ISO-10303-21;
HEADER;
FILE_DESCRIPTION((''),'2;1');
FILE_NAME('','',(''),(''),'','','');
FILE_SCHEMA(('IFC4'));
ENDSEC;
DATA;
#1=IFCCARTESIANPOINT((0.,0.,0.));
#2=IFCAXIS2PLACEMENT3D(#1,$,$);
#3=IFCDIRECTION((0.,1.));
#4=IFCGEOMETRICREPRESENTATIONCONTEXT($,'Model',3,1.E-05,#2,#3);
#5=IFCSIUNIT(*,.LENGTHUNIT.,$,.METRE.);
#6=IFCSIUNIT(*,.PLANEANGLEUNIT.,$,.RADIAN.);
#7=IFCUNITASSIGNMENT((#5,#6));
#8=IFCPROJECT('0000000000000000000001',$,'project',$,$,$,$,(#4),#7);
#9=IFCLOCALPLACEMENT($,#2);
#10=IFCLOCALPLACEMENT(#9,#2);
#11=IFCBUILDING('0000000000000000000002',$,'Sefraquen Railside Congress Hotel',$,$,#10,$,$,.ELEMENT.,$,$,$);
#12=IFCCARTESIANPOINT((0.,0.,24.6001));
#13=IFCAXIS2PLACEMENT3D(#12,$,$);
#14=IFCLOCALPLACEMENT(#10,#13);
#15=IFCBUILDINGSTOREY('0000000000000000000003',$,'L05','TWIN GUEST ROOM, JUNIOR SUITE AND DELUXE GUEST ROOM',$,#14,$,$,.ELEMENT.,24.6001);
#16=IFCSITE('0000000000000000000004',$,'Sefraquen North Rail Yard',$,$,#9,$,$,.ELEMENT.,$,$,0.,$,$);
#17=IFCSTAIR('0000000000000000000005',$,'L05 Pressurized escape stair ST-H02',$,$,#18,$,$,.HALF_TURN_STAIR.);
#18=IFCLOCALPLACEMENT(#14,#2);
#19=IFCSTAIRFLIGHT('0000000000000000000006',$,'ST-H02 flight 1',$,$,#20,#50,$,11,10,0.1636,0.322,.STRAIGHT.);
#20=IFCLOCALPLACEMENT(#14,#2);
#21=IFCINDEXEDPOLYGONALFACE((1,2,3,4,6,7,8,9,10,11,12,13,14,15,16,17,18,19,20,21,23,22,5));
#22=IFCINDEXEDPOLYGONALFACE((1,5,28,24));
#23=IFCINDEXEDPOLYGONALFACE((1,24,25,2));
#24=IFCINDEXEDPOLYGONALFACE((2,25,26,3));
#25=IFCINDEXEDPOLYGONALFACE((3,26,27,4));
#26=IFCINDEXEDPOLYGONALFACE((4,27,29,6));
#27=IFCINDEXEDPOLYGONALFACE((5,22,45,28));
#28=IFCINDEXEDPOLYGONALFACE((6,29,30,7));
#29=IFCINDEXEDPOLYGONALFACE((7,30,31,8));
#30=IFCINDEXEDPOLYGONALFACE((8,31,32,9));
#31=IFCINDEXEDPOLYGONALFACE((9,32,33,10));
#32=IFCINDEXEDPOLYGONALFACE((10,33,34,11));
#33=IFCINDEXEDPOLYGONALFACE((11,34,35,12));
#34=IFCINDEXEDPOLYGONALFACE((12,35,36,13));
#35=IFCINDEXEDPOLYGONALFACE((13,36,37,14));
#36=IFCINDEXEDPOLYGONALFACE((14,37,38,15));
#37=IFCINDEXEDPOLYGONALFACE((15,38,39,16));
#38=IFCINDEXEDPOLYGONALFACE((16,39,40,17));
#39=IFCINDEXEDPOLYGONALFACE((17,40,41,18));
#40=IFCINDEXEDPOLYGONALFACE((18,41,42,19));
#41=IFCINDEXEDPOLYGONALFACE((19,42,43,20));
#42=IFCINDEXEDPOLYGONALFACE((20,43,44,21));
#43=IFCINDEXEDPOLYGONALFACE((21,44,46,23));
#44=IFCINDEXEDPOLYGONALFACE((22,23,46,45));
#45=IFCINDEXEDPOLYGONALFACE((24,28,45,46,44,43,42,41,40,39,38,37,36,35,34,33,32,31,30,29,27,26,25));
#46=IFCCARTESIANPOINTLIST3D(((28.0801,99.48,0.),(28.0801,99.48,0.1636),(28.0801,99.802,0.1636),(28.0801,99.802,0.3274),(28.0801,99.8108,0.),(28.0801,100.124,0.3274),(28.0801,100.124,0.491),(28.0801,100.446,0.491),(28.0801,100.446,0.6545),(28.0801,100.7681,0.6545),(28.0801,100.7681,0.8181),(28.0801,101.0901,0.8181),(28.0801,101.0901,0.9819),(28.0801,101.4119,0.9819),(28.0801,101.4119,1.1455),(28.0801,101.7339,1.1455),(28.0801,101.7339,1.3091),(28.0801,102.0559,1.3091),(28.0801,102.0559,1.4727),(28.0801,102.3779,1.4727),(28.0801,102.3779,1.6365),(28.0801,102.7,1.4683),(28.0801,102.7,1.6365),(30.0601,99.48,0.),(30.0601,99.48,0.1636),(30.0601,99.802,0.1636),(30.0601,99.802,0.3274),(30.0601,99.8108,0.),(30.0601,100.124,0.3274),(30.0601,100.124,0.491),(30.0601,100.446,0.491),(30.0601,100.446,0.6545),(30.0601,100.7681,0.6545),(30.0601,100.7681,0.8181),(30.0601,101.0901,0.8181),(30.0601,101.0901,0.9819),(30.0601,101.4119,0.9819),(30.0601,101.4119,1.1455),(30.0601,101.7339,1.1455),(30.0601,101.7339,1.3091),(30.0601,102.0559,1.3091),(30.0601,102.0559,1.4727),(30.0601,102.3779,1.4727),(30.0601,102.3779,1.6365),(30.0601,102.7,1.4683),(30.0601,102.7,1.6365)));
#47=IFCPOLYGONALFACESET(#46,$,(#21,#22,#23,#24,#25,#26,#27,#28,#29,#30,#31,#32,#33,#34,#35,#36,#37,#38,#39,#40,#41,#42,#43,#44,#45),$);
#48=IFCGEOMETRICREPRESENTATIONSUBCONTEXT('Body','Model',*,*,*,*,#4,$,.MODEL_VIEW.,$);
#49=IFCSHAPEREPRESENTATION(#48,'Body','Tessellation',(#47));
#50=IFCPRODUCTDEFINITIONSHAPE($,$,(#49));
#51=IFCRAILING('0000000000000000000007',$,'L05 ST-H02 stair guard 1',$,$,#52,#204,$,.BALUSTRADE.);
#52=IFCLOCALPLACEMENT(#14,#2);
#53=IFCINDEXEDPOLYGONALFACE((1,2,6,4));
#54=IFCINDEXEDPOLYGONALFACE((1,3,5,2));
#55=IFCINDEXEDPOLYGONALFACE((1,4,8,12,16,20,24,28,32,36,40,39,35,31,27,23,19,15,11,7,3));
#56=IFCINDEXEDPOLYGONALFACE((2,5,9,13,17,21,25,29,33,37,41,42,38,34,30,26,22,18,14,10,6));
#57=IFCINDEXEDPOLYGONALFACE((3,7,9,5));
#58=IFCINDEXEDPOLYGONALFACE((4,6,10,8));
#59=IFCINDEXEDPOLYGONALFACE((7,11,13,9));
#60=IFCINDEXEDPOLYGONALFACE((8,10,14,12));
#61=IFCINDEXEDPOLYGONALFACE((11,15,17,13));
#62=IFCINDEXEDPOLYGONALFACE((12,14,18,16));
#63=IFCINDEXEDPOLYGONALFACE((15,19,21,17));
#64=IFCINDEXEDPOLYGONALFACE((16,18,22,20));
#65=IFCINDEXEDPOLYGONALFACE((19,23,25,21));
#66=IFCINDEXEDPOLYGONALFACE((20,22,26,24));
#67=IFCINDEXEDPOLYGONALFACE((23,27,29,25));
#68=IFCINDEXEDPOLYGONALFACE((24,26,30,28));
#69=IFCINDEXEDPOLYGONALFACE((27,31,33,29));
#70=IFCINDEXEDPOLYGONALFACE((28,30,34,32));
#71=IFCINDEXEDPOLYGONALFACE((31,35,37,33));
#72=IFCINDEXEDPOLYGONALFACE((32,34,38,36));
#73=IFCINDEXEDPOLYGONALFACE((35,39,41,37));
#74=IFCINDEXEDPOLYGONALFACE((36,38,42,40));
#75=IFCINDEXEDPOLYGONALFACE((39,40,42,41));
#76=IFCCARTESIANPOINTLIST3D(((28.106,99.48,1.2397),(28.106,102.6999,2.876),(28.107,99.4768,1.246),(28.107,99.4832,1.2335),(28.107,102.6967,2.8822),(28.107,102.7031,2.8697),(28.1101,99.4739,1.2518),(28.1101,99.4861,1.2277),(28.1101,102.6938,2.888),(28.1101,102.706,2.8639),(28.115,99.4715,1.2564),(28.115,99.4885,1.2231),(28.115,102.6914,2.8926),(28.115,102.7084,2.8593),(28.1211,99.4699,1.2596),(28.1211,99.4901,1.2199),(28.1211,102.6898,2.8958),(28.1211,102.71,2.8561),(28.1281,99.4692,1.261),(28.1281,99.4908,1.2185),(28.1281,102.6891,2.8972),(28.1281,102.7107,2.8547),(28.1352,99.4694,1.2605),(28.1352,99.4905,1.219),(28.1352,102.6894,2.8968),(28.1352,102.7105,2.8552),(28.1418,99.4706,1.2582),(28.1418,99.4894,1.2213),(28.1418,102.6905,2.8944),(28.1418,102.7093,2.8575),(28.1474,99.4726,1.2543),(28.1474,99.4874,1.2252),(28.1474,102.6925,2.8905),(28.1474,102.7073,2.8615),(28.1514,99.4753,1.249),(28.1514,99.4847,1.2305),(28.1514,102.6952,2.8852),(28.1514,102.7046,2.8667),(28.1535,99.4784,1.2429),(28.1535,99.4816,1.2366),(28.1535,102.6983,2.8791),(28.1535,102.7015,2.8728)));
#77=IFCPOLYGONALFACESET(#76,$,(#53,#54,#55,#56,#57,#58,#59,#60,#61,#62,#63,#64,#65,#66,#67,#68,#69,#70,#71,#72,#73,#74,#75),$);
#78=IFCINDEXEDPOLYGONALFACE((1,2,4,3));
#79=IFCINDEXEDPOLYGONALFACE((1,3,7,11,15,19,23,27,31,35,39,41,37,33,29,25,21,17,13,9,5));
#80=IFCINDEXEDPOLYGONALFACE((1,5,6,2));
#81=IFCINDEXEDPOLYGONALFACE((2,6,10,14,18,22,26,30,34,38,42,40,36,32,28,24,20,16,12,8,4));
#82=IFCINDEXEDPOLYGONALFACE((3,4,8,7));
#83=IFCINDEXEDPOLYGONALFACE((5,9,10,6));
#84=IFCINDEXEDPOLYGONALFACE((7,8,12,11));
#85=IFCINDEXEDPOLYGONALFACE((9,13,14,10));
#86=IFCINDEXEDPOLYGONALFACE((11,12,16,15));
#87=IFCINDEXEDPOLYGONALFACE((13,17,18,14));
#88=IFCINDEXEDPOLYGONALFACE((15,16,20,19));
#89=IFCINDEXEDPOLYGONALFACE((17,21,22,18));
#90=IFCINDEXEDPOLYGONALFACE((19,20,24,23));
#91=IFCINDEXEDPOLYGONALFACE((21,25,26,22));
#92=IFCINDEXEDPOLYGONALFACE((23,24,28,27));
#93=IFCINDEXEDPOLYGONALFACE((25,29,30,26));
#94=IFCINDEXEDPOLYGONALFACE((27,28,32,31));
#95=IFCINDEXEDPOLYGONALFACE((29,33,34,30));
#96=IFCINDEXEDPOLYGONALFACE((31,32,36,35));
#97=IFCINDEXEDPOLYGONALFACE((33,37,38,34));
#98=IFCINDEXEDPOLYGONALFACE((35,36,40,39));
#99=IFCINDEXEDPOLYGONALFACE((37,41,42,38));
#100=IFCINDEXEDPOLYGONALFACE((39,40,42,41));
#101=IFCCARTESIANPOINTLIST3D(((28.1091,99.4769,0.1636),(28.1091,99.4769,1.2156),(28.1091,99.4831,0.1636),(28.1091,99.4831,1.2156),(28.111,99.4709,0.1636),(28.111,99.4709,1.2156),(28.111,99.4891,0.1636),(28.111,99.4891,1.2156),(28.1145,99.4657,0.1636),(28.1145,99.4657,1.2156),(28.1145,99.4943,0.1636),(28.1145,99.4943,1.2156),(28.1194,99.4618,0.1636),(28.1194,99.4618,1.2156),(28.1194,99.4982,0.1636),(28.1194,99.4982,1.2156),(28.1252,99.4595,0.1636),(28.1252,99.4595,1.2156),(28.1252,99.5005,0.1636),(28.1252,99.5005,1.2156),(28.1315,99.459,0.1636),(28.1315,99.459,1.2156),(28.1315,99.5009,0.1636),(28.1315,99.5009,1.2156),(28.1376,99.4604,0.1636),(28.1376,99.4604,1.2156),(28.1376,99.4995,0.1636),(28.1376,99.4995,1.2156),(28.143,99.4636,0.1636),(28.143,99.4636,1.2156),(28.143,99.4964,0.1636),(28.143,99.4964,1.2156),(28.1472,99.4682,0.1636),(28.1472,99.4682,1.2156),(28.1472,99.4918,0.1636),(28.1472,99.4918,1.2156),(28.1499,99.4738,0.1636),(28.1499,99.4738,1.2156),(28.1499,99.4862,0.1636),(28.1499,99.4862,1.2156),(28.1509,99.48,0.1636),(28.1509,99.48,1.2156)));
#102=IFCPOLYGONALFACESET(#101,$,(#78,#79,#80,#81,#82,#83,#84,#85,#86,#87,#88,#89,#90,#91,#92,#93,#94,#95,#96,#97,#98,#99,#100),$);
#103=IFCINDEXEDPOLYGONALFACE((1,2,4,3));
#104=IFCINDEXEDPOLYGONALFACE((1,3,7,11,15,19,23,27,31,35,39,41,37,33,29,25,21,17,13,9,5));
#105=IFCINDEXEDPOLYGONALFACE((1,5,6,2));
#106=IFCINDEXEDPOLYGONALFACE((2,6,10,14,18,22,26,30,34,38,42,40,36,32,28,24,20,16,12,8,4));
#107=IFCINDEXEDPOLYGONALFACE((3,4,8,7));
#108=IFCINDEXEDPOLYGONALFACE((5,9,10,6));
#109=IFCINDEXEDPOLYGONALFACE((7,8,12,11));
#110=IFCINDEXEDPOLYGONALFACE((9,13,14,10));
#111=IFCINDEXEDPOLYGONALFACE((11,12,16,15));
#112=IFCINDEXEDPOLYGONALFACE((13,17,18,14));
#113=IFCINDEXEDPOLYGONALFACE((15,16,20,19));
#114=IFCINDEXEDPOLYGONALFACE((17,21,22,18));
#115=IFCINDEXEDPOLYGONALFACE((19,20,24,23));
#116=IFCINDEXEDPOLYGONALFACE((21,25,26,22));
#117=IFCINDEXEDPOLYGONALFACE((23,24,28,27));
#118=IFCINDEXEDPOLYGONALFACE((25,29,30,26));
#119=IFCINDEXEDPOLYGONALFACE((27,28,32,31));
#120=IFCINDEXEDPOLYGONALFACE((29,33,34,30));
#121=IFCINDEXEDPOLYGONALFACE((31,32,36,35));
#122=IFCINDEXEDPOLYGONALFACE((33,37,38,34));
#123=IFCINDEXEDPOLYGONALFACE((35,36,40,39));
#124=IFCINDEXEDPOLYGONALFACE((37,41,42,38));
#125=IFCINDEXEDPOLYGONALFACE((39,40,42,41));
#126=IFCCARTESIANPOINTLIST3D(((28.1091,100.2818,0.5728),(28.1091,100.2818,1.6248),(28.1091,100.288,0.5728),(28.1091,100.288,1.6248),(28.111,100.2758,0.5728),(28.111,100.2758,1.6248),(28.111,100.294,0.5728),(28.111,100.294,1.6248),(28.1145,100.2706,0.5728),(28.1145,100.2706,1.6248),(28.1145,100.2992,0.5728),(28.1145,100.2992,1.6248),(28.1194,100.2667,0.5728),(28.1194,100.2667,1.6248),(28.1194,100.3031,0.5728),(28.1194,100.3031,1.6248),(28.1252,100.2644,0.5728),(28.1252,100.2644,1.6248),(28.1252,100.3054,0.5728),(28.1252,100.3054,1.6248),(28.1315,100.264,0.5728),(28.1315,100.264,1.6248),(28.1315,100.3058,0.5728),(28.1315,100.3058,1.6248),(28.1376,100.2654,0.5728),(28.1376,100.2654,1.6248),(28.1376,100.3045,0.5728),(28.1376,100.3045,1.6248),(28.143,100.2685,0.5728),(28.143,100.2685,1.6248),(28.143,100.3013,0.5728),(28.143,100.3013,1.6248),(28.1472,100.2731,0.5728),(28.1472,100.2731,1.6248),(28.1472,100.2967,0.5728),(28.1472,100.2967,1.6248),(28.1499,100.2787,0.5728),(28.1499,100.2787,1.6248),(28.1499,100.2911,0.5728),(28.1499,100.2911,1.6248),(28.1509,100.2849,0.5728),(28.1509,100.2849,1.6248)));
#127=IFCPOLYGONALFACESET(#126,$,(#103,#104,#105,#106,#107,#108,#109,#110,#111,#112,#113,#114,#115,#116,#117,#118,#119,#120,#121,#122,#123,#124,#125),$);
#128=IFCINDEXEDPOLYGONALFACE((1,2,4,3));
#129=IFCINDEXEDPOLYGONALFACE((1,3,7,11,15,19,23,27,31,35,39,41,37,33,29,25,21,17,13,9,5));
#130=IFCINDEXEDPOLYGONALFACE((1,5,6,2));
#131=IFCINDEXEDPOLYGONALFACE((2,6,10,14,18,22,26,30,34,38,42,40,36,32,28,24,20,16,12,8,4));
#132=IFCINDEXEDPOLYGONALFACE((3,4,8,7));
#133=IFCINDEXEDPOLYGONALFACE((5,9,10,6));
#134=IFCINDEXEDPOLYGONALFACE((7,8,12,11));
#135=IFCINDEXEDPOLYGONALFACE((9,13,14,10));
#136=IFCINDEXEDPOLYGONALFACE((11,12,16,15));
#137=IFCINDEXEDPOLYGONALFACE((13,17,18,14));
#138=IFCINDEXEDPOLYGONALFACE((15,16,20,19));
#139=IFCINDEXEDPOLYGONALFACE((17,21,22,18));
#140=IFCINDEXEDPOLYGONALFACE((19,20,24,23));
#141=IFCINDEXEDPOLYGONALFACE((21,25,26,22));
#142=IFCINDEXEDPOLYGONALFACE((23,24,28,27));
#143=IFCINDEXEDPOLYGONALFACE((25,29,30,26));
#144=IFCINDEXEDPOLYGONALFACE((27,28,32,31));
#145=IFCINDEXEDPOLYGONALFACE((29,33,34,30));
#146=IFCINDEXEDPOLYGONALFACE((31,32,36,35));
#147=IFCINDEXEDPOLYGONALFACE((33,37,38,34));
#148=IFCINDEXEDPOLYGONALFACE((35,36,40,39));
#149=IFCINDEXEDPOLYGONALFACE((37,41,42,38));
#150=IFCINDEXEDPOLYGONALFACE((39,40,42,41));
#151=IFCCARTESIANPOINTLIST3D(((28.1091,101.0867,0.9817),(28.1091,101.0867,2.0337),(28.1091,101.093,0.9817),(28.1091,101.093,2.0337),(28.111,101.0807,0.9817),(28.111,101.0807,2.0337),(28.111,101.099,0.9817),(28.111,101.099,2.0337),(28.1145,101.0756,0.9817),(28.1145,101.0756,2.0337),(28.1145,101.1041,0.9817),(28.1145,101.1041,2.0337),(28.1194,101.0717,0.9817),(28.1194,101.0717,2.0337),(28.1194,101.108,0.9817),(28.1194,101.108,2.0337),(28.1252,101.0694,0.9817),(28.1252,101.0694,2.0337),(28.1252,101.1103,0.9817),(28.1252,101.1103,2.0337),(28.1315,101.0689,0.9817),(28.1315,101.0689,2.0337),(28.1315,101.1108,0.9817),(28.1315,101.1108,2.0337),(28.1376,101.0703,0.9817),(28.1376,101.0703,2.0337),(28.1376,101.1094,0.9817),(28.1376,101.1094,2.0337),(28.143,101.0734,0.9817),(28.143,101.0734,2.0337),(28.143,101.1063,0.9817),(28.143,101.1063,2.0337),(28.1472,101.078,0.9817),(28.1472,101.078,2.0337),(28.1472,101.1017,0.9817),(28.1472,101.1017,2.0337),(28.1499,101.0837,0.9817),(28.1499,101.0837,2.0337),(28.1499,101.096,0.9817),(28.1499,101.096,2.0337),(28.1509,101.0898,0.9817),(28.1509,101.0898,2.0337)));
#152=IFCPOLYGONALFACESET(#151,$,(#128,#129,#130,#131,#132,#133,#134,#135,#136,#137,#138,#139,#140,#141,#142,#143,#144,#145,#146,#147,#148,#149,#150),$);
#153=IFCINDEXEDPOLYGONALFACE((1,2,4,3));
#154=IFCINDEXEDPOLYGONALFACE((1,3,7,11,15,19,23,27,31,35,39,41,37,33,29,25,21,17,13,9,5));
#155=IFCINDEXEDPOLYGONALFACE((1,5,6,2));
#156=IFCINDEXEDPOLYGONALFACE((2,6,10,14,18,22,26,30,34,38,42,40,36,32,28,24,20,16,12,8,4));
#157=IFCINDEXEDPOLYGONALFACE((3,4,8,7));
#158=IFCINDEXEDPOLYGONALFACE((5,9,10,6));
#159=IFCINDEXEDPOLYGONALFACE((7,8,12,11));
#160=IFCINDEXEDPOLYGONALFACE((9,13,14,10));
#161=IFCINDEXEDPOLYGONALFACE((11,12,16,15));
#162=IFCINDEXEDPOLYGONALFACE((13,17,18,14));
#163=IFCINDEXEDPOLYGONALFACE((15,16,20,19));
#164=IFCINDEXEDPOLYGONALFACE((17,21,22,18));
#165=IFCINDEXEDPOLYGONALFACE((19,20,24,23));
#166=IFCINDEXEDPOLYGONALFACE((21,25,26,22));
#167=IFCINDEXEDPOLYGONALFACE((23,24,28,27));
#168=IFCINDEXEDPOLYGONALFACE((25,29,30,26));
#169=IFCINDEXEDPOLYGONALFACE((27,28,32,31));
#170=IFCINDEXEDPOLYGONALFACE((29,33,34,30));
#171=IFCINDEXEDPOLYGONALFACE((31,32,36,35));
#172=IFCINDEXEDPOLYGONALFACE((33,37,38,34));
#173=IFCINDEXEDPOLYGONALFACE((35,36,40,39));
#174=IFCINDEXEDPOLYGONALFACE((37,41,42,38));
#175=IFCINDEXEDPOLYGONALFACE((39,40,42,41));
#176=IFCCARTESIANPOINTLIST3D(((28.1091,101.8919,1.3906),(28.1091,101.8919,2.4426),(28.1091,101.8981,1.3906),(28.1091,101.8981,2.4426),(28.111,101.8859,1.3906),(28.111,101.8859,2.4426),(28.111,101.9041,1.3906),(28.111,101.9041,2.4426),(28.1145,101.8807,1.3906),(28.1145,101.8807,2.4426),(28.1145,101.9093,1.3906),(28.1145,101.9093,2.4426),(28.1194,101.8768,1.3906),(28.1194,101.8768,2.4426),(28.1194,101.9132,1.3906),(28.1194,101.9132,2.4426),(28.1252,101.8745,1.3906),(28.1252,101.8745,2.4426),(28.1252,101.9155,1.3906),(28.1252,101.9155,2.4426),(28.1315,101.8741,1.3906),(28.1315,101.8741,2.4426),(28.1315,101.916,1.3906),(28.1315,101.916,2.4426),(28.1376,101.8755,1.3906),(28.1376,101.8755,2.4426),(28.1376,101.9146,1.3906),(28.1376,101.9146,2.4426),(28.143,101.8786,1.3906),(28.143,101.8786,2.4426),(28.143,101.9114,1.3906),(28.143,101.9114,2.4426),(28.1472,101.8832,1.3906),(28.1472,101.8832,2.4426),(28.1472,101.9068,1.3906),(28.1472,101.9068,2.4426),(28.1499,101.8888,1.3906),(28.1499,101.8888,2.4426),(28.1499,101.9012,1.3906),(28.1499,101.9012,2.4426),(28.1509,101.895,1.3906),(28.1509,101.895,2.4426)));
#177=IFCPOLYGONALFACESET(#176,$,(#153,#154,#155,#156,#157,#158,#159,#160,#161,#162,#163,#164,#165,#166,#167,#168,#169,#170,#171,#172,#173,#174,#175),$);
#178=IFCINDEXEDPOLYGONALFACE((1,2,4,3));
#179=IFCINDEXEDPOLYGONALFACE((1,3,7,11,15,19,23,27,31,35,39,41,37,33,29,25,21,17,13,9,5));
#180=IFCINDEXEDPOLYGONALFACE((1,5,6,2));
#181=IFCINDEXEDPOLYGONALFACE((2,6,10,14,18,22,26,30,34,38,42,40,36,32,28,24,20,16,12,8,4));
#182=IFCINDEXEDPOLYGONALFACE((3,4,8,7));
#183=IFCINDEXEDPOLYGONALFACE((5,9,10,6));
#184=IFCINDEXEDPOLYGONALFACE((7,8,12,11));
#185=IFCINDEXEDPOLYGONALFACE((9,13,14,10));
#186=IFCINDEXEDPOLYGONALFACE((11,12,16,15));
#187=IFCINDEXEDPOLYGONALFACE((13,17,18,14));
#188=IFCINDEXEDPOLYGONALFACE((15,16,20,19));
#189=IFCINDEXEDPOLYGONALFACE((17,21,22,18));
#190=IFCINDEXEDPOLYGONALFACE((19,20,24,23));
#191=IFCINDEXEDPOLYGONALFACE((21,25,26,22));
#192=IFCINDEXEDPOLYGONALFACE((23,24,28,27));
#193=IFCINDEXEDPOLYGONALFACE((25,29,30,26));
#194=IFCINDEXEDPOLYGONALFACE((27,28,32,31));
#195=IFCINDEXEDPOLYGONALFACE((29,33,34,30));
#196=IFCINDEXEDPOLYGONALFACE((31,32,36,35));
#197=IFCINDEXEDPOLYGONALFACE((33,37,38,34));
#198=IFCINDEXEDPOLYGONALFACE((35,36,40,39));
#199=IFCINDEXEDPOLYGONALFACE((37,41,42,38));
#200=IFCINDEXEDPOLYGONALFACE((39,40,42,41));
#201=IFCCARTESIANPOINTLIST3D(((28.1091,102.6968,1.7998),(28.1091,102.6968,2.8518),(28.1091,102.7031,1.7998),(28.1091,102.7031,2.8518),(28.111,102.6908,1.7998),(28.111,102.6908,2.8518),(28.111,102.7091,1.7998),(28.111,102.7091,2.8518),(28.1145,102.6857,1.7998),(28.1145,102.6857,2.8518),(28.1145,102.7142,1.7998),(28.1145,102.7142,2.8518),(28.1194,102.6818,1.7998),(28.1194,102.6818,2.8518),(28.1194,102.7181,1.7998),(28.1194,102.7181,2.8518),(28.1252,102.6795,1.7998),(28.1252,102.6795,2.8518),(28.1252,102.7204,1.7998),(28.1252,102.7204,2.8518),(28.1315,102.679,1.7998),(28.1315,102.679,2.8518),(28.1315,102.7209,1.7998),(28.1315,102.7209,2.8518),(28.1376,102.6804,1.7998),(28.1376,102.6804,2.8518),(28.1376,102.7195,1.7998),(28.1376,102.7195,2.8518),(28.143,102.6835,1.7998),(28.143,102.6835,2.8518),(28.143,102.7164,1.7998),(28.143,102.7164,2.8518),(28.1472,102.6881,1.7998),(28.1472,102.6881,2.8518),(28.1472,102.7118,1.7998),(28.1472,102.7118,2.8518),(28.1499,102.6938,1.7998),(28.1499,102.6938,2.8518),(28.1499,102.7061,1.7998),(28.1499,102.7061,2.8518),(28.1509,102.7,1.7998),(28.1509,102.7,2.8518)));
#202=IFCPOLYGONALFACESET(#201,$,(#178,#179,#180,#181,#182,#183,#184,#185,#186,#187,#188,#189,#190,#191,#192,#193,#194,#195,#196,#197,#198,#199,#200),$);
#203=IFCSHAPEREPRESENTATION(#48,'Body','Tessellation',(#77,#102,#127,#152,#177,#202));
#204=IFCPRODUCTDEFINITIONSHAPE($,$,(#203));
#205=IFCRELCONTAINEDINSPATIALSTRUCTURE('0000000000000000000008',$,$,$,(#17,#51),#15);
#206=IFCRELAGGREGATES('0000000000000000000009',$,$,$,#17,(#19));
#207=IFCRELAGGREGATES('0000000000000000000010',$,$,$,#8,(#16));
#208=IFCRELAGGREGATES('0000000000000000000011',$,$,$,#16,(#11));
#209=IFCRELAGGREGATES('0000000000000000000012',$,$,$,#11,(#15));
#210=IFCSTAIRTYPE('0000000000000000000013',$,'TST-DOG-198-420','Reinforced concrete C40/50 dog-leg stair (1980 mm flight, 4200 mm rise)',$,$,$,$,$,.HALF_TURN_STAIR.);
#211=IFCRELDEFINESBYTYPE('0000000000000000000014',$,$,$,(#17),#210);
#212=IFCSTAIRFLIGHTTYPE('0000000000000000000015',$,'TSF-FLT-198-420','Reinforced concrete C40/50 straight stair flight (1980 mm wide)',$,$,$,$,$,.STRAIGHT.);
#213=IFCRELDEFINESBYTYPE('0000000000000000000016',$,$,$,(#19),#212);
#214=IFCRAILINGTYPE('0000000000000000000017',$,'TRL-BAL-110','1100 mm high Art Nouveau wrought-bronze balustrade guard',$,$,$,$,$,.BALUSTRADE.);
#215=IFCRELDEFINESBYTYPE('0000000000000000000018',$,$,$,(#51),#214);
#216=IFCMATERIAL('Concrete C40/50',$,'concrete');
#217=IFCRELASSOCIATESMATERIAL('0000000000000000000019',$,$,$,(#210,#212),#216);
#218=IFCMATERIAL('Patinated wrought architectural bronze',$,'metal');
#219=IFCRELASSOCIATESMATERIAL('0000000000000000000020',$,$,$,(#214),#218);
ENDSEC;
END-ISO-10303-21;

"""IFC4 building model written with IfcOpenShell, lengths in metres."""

from ifc_helpers import new_model, si_unit, direction, frame, origin, origin_2d, place, context, subcontext, project, spatial, polyline, circle, outline, extrude, material, type_object, element, aggregate, save


model = new_model("IFC4")

# Units and contexts
model_context = context("Model", 3, precision=1e-05, world=origin(), true_north=direction((0.0, 1.0)))
body_context = subcontext(model_context, "Body", "Model", "MODEL_VIEW")
ifc_project = project(units=[si_unit("LENGTHUNIT", "METRE"), si_unit("PLANEANGLEUNIT", "RADIAN")], contexts=[model_context])

# Site, building, storey
site_placement = place(None, origin())
site = spatial("IfcSite", under=ifc_project, at=site_placement, Name="Sefraquen North Rail Yard", CompositionType="ELEMENT", RefElevation=0.0)
building_placement = place(site_placement, origin())
building = spatial("IfcBuilding", under=site, at=building_placement, Name="Sefraquen Railside Congress Hotel", CompositionType="ELEMENT")
storey_placement = place(building_placement, frame((0.0, 0.0, 24.6001)))
storey = spatial("IfcBuildingStorey", under=building, at=storey_placement, Name="L05", Description="TWIN GUEST ROOM, JUNIOR SUITE AND DELUXE GUEST ROOM", CompositionType="ELEMENT", Elevation=24.6001)

# Shared definitions
ifc_material_1 = material(Name="Concrete C40/50", Category="concrete")

# Stair, stair flight
stair_type = type_object("IfcStairType", Name="TST-DOG-198-420", Description="Reinforced concrete C40/50 dog-leg stair (1980 mm flight, 4200 mm rise)", PredefinedType="HALF_TURN_STAIR", material=ifc_material_1)
stair_placement = place(storey_placement, origin())
stair = element("IfcStair", 1, at=stair_placement, inside=storey, type_object=stair_type, Name="L05 Pressurized escape stair ST-H02", PredefinedType="HALF_TURN_STAIR")
stair_flight_type = type_object("IfcStairFlightType", Name="TSF-FLT-198-420", Description="Reinforced concrete C40/50 straight stair flight (1980 mm wide)", PredefinedType="STRAIGHT", material=ifc_material_1)
stair_flight_placement = place(storey_placement, frame((29.0701, 99.48, 0.0), z_axis=(0.0, 0.0, 1.0), x_axis=(0.0, 1.0, 0.0)))
stair_flight = element("IfcStairFlight", 2, at=stair_flight_placement, type_object=stair_flight_type, Name="ST-H02 flight 1", NumberOfRisers=11, NumberOfTreads=10, PredefinedType="STRAIGHT", RiserHeight=0.1636, TreadLength=0.322, context=body_context, shape_type="SweptSolid", body=[
    extrude(outline(polyline([(0.0, 0.0), (0.0, 0.1636), (0.322, 0.1636), (0.322, 0.3274), (0.644, 0.3274), (0.644, 0.491), (0.9661, 0.491), (0.9661, 0.6545), (1.2881, 0.6545), (1.2881, 0.8181), (1.6101, 0.8181), (1.6101, 0.9819), (1.9319, 0.9819), (1.9319, 1.1455), (2.2539, 1.1455), (2.2539, 1.3091), (2.5759, 1.3091), (2.5759, 1.4727), (2.8979, 1.4727), (2.8979, 1.6365), (3.22, 1.6365), (3.22, 1.8), (3.22, 1.4683), (0.3308, 0.0), (0.0, 0.0)])), frame((0.0, 0.99, 0.0), z_axis=(0.0, -1.0, 0.0), x_axis=(1.0, 0.0, 0.0)), (0.0, 0.0, 1.0), 1.98),
])
aggregate(stair, [stair_flight])

# Railing
ifc_material_2 = material(Name="Patinated wrought architectural bronze", Category="metal")
railing_type_1 = type_object("IfcRailingType", Name="TRL-BAL-110", Description="1100 mm high Art Nouveau wrought-bronze balustrade guard", PredefinedType="BALUSTRADE", material=ifc_material_2)
railing_1_placement = place(storey_placement, frame((28.1299, 99.48, 0.1636)))
element("IfcRailing", 3, at=railing_1_placement, inside=storey, type_object=railing_type_1, Name="L05 ST-H02 stair guard 1", PredefinedType="BALUSTRADE", context=body_context, shape_type="SweptSolid", body=[
    extrude(circle(Radius=0.0239, at=origin_2d()), frame((0.0, 0.0, 1.0762), z_axis=(0.0, 0.891502, 0.453017), x_axis=(-1.0, 0.0, 0.0)), (0.0, 0.0, 1.0), 3.6118),
    extrude(circle(Radius=0.021, at=origin_2d()), origin(), (0.0, 0.0, 1.0), 1.052),
    extrude(circle(Radius=0.021, at=origin_2d()), frame((0.0, 0.8049, 0.4092)), (0.0, 0.0, 1.0), 1.052),
    extrude(circle(Radius=0.021, at=origin_2d()), frame((0.0, 1.6099, 0.8181)), (0.0, 0.0, 1.0), 1.052),
    extrude(circle(Radius=0.021, at=origin_2d()), frame((0.0, 2.415, 1.2271)), (0.0, 0.0, 1.0), 1.052),
    extrude(circle(Radius=0.021, at=origin_2d()), frame((0.0, 3.22, 1.6362)), (0.0, 0.0, 1.0), 1.052),
])

save(model, "model.ifc")
